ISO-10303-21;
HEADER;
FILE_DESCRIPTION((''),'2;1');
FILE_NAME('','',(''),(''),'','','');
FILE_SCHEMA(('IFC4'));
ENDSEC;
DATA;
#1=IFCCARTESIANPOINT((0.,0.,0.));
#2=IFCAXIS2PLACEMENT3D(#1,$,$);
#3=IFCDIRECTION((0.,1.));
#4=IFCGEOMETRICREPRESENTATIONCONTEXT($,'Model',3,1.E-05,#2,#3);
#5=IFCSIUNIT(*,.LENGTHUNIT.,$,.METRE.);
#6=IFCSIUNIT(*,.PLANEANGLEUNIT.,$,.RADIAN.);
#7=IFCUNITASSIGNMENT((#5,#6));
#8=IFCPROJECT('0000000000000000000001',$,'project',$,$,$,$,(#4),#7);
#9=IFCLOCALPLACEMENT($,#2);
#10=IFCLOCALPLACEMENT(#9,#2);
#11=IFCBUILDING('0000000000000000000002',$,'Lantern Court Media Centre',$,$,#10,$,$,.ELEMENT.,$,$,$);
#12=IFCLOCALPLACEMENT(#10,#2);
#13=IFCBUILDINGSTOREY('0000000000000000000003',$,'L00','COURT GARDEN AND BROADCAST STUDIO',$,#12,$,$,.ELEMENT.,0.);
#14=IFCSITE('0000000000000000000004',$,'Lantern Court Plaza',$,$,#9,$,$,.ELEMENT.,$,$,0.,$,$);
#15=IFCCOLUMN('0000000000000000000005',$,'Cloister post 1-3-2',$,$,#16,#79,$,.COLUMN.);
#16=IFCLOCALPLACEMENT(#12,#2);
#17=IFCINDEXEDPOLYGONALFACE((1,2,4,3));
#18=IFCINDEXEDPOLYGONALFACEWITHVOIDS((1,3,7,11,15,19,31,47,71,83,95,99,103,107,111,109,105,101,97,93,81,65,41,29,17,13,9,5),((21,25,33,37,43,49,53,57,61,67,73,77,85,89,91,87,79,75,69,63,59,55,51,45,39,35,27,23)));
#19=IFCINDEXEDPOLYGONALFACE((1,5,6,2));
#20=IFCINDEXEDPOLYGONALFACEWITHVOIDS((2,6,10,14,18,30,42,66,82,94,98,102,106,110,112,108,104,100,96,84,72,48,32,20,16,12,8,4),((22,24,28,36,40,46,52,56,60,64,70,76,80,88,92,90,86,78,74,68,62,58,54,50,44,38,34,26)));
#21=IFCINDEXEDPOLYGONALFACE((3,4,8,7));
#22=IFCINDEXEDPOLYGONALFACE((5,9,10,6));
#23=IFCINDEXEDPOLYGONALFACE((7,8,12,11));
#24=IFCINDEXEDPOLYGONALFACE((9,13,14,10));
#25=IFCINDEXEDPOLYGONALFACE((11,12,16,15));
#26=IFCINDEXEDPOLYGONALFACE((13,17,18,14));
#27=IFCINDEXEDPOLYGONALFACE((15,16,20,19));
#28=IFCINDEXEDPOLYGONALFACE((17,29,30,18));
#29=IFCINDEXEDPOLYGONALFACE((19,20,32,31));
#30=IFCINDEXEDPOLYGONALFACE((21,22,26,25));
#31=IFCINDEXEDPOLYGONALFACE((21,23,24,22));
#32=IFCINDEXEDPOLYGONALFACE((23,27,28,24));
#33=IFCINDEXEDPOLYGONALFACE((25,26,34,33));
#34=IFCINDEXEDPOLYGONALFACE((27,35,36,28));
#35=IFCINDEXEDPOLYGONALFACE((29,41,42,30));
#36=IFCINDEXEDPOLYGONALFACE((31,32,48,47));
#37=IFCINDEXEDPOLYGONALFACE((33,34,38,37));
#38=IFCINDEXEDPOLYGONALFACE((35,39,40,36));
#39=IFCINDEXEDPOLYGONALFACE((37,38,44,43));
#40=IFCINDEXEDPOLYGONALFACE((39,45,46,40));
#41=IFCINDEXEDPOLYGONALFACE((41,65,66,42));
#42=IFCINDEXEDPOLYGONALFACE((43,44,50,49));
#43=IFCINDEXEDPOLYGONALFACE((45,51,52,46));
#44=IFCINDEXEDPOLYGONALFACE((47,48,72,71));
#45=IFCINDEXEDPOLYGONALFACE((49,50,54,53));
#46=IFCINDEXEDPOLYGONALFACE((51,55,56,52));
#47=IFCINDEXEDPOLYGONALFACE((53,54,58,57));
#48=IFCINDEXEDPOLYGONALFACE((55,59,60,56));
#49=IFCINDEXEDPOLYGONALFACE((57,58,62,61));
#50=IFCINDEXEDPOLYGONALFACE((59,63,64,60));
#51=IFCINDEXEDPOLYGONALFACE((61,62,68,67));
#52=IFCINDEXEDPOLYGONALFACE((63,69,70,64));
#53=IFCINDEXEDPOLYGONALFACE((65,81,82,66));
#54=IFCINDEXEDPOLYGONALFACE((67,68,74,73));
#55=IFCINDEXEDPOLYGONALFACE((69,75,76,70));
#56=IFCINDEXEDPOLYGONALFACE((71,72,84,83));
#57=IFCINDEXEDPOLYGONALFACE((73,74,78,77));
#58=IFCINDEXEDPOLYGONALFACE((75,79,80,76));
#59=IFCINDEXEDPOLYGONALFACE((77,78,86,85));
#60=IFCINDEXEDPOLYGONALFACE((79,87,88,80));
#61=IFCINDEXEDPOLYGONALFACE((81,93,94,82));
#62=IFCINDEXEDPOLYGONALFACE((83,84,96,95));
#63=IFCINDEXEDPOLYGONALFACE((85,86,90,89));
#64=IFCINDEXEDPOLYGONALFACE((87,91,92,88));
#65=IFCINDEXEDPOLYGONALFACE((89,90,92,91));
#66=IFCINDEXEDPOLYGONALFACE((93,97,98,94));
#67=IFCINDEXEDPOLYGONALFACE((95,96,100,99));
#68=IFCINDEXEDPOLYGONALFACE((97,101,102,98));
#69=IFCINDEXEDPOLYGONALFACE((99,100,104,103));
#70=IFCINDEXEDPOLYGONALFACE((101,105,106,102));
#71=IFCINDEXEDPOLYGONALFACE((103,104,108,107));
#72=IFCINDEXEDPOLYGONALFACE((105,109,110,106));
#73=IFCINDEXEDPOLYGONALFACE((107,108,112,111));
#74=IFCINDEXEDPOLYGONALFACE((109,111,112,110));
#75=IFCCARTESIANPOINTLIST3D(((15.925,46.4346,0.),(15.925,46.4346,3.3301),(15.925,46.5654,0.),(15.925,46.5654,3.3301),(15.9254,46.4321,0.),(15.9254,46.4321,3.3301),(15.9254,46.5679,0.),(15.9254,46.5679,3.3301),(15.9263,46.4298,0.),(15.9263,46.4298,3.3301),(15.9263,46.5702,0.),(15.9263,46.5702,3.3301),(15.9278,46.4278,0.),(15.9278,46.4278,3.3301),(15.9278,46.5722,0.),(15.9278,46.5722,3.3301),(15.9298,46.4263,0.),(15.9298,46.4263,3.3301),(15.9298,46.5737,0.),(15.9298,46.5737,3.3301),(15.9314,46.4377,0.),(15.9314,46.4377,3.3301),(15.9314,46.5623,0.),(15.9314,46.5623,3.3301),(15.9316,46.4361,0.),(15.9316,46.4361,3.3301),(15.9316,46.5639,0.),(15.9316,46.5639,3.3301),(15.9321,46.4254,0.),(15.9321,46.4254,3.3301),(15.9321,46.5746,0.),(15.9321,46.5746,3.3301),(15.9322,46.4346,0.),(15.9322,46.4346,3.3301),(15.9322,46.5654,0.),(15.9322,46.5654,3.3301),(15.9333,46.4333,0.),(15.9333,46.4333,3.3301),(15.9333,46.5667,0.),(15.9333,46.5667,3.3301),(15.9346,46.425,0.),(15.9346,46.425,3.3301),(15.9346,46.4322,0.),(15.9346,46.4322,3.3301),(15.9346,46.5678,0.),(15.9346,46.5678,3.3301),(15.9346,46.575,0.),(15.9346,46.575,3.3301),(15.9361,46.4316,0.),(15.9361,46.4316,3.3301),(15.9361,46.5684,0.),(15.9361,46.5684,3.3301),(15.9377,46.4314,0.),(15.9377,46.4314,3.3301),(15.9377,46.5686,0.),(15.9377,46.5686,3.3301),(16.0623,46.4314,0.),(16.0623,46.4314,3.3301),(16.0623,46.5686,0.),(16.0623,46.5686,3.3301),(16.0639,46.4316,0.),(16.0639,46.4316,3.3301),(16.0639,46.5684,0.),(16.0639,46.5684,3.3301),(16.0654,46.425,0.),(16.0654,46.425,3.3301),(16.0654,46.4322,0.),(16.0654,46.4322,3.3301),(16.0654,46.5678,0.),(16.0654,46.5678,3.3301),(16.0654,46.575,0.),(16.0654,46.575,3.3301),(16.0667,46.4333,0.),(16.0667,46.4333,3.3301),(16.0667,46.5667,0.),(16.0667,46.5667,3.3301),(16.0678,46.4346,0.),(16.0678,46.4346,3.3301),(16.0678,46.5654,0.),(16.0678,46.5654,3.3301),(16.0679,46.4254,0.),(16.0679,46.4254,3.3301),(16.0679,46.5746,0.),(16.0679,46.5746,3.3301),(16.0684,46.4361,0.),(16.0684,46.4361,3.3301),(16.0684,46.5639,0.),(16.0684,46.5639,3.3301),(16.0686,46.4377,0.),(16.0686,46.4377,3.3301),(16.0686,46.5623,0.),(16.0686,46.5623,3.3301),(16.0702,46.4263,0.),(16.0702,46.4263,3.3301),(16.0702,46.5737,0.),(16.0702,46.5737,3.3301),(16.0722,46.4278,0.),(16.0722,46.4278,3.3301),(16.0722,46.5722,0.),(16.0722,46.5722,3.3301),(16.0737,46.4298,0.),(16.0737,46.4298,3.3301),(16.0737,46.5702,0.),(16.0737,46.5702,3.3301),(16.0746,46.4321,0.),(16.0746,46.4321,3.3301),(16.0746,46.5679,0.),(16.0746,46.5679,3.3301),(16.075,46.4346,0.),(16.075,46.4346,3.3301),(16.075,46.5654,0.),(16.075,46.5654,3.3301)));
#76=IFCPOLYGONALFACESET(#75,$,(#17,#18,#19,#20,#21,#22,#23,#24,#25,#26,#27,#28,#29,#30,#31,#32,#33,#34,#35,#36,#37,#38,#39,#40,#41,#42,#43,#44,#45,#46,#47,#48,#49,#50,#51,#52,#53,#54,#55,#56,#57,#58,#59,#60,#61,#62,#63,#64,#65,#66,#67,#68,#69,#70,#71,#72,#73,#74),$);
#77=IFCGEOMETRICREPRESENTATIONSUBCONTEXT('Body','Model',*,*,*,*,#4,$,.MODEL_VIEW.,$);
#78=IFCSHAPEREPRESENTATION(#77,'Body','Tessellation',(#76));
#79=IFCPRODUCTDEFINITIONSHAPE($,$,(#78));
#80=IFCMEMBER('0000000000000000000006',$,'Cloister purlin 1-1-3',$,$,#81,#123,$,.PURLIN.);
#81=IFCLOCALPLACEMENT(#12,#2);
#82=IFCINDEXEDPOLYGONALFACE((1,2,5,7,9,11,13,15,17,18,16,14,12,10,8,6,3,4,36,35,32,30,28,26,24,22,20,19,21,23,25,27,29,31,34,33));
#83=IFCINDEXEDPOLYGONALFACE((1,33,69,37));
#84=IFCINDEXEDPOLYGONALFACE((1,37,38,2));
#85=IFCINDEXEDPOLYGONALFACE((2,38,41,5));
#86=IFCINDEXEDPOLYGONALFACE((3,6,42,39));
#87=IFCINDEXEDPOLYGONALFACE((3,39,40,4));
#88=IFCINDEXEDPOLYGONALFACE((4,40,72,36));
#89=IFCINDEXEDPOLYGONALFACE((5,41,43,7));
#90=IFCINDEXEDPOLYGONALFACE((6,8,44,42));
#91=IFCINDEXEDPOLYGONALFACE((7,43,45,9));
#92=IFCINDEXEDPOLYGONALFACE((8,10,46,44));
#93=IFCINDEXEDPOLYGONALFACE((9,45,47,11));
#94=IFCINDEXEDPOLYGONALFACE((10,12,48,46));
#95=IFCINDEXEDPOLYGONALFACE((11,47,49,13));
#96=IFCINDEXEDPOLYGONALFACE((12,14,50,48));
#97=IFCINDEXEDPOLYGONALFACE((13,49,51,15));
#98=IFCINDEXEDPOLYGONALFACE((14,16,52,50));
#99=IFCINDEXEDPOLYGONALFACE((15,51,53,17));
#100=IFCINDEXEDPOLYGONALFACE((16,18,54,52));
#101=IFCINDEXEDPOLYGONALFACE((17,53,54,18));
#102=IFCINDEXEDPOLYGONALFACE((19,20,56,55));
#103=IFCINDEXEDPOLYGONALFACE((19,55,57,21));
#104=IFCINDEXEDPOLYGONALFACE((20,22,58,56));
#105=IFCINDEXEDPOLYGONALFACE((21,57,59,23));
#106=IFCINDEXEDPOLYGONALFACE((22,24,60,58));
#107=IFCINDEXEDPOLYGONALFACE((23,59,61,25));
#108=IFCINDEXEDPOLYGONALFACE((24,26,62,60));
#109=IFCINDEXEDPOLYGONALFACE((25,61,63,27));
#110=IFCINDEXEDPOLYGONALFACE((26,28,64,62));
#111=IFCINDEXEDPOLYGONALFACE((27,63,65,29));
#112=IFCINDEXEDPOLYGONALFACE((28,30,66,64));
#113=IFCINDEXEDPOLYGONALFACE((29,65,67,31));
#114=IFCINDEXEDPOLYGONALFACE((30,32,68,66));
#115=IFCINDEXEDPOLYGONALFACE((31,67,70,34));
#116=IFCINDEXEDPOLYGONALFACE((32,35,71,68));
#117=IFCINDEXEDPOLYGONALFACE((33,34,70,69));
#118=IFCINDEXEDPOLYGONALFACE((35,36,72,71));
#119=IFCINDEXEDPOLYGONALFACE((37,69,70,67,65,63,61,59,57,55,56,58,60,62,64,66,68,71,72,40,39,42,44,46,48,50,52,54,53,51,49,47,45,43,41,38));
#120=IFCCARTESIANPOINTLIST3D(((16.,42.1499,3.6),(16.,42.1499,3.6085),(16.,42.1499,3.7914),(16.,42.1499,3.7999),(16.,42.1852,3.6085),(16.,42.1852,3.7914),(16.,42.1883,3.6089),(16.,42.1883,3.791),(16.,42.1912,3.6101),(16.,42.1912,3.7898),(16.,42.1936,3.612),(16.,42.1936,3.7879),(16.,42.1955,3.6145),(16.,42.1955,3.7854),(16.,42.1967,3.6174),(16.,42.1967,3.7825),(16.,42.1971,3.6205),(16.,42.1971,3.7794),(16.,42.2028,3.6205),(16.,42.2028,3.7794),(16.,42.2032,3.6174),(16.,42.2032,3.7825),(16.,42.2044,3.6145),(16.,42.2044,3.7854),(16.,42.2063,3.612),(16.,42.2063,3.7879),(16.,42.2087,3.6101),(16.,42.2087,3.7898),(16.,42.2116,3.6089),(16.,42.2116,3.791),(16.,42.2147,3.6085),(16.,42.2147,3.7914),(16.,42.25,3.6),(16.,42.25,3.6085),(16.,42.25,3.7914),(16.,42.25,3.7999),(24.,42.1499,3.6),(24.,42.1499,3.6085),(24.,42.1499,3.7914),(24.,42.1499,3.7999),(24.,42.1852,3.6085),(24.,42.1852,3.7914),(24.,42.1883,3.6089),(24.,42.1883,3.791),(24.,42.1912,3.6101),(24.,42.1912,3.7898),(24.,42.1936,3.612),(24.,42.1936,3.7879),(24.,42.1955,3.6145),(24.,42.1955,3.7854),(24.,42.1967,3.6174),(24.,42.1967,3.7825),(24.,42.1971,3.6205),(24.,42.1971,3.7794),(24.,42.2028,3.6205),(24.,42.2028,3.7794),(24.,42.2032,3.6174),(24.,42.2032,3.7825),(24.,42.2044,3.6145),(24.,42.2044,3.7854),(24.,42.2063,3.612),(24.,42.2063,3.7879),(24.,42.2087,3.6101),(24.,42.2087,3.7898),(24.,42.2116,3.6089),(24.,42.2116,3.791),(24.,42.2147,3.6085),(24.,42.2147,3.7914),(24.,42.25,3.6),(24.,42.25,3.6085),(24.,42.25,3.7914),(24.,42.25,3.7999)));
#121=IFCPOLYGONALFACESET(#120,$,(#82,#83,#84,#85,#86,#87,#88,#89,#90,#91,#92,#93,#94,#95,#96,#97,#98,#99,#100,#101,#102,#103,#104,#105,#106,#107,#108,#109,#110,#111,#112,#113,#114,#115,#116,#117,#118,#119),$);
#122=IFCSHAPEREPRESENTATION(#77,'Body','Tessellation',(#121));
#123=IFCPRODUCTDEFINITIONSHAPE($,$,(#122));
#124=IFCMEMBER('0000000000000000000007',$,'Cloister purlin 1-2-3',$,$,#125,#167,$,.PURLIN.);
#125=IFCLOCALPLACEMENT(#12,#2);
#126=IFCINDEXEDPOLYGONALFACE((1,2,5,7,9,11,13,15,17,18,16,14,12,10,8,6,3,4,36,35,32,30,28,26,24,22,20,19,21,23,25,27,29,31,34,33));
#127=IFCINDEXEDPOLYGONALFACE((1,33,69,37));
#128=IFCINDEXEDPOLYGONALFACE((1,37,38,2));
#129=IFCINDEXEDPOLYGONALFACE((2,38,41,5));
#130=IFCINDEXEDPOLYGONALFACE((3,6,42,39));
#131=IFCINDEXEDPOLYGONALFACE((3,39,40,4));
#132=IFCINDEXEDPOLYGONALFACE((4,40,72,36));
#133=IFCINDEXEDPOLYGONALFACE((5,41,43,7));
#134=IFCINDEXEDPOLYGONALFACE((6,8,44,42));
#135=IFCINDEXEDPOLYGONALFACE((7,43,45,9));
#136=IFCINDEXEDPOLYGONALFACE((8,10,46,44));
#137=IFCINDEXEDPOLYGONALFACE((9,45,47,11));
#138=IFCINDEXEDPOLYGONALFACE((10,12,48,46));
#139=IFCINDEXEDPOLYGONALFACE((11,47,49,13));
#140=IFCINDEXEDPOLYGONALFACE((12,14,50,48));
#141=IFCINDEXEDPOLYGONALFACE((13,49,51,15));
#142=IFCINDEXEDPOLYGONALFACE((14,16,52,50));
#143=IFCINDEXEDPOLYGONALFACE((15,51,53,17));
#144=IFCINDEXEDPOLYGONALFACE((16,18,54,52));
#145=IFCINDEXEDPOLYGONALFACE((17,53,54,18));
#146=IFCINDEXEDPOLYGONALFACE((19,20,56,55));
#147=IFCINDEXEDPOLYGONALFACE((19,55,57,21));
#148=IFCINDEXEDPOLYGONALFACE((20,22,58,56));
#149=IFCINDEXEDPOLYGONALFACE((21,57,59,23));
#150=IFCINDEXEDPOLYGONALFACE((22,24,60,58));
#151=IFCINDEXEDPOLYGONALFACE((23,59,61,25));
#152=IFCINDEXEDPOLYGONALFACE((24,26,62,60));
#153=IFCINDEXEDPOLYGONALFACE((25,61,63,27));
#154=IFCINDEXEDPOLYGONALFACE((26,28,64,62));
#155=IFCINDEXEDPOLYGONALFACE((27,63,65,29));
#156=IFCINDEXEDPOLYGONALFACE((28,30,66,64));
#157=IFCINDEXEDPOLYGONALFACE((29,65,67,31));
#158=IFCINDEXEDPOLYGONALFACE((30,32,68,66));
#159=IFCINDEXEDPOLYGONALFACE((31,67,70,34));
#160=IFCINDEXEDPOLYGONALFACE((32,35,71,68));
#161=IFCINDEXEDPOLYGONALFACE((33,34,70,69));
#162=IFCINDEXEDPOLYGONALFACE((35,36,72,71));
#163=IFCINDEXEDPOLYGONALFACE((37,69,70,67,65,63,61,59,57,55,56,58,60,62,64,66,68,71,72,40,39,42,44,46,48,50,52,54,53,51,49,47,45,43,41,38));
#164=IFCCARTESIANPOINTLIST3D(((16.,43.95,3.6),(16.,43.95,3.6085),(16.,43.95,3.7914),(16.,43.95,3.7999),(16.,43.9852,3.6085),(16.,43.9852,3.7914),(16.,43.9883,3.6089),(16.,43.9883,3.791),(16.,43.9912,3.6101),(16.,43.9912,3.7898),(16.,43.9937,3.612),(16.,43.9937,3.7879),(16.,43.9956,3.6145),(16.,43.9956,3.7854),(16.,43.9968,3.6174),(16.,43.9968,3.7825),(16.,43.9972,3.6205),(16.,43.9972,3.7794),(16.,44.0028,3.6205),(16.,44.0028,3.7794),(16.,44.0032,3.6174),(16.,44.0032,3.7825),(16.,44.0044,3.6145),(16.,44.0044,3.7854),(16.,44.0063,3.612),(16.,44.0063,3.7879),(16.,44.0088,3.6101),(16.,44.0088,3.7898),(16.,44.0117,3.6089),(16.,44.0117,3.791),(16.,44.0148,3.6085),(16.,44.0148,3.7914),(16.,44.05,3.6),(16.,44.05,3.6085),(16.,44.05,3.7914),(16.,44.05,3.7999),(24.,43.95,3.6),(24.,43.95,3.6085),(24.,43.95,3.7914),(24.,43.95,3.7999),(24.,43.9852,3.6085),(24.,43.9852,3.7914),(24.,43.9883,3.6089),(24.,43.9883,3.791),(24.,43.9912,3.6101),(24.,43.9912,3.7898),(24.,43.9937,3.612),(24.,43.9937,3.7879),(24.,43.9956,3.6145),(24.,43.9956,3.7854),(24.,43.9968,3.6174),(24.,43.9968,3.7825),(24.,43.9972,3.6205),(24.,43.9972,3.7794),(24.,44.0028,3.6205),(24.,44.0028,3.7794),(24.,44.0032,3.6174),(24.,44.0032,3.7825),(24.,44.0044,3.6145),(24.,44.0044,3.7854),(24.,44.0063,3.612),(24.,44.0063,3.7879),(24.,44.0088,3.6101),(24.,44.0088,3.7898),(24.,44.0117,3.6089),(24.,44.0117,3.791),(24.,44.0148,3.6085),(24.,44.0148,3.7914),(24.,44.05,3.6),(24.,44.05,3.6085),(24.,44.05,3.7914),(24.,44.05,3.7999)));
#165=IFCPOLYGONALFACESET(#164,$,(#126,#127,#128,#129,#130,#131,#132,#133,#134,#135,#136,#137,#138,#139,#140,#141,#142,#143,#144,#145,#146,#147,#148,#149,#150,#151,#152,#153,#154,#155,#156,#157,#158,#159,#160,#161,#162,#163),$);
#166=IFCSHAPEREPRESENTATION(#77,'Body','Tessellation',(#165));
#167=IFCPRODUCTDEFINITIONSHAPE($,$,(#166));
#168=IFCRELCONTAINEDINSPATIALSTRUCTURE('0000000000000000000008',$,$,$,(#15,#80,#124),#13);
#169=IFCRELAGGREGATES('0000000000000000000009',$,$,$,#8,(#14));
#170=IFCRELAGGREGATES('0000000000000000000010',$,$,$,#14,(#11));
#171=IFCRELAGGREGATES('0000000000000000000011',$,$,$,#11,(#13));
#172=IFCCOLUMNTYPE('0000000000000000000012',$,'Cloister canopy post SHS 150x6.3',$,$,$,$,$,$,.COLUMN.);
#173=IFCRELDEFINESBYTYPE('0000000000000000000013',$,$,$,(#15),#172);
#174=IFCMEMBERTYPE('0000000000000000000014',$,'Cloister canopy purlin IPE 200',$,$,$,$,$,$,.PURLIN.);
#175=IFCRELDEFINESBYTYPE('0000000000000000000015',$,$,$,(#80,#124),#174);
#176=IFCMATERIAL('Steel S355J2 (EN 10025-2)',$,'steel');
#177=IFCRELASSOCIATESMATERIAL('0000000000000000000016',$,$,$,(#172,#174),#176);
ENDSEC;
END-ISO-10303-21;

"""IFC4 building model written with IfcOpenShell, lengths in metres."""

from ifc_helpers import new_model, si_unit, direction, frame, origin, origin_2d, place, context, subcontext, project, spatial, hollow_rectangle, i_section, extrude, material, material_profile, profile_set, type_object, element, save


model = new_model("IFC4")

# Units and contexts
model_context = context("Model", 3, precision=1e-05, world=origin(), true_north=direction((0.0, 1.0)))
body_context = subcontext(model_context, "Body", "Model", "MODEL_VIEW")
ifc_project = project(units=[si_unit("LENGTHUNIT", "METRE"), si_unit("PLANEANGLEUNIT", "RADIAN")], contexts=[model_context])

# Site, building, storey
site_placement = place(None, origin())
site = spatial("IfcSite", under=ifc_project, at=site_placement, Name="Lantern Court Plaza", CompositionType="ELEMENT", RefElevation=0.0)
building_placement = place(site_placement, origin())
building = spatial("IfcBuilding", under=site, at=building_placement, Name="Lantern Court Media Centre", CompositionType="ELEMENT")
storey_placement = place(building_placement, origin())
storey = spatial("IfcBuildingStorey", under=building, at=storey_placement, Name="L00", Description="COURT GARDEN AND BROADCAST STUDIO", CompositionType="ELEMENT", Elevation=0.0)

# Column
ifc_material_1 = material(Name="Steel S355J2 (EN 10025-2)", Category="steel")
ifc_material_profile_1 = material_profile(ifc_material_1, hollow_rectangle(XDim=0.1499, YDim=0.1499, WallThickness=0.0063, InnerFilletRadius=0.0063, OuterFilletRadius=0.0095, at=origin_2d()), Name="Cloister canopy post SHS 150x6.3")
ifc_profile_set_1 = profile_set([ifc_material_profile_1], Name="Steel S355J2 (EN 10025-2)")
column_type = type_object("IfcColumnType", Name="Cloister canopy post SHS 150x6.3", PredefinedType="COLUMN", material=ifc_profile_set_1)
column_placement = place(storey_placement, frame((16.0, 46.5, 0.0), z_axis=(0.0, 0.0, 1.0), x_axis=(1.0, 0.0, 0.0)))
element("IfcColumn", 1, at=column_placement, inside=storey, type_object=column_type, Name="Cloister post 1-3-2", PredefinedType="COLUMN", context=body_context, shape_type="SweptSolid", body=[
    extrude(hollow_rectangle(XDim=0.1499, YDim=0.1499, WallThickness=0.0063, InnerFilletRadius=0.0063, OuterFilletRadius=0.0095, at=origin_2d()), origin(), (0.0, 0.0, 1.0), 3.3301),
])

# Members
ifc_material_profile_2 = material_profile(ifc_material_1, i_section(OverallWidth=0.1001, OverallDepth=0.2, WebThickness=0.0056, FlangeThickness=0.0085, FilletRadius=0.012, at=origin_2d()), Name="IPE 200")
ifc_profile_set_2 = profile_set([ifc_material_profile_2], Name="Steel S355J2 (EN 10025-2)")
member_type_1 = type_object("IfcMemberType", Name="Cloister canopy purlin IPE 200", PredefinedType="PURLIN", material=ifc_profile_set_2)
for number, where, z_axis, x_axis, name in (
    (2, (16.0, 42.2, 3.7), (1.0, 0.0, 0.0), (0.0, 1.0, 0.0), "Cloister purlin 1-1-3"),
    (3, (16.0, 44.0, 3.7), (1.0, 0.0, 0.0), (0.0, 1.0, 0.0), "Cloister purlin 1-2-3"),
):
    element("IfcMember", number, at=place(storey_placement, frame(where, z_axis=z_axis, x_axis=x_axis)), inside=storey, type_object=member_type_1, Name=name, PredefinedType="PURLIN", context=body_context, shape_type="SweptSolid", body=[
        extrude(i_section(OverallWidth=0.1001, OverallDepth=0.2, WebThickness=0.0056, FlangeThickness=0.0085, FilletRadius=0.012, at=origin_2d()), origin(), (0.0, 0.0, 1.0), 8.0),
    ])

save(model, "model.ifc")
